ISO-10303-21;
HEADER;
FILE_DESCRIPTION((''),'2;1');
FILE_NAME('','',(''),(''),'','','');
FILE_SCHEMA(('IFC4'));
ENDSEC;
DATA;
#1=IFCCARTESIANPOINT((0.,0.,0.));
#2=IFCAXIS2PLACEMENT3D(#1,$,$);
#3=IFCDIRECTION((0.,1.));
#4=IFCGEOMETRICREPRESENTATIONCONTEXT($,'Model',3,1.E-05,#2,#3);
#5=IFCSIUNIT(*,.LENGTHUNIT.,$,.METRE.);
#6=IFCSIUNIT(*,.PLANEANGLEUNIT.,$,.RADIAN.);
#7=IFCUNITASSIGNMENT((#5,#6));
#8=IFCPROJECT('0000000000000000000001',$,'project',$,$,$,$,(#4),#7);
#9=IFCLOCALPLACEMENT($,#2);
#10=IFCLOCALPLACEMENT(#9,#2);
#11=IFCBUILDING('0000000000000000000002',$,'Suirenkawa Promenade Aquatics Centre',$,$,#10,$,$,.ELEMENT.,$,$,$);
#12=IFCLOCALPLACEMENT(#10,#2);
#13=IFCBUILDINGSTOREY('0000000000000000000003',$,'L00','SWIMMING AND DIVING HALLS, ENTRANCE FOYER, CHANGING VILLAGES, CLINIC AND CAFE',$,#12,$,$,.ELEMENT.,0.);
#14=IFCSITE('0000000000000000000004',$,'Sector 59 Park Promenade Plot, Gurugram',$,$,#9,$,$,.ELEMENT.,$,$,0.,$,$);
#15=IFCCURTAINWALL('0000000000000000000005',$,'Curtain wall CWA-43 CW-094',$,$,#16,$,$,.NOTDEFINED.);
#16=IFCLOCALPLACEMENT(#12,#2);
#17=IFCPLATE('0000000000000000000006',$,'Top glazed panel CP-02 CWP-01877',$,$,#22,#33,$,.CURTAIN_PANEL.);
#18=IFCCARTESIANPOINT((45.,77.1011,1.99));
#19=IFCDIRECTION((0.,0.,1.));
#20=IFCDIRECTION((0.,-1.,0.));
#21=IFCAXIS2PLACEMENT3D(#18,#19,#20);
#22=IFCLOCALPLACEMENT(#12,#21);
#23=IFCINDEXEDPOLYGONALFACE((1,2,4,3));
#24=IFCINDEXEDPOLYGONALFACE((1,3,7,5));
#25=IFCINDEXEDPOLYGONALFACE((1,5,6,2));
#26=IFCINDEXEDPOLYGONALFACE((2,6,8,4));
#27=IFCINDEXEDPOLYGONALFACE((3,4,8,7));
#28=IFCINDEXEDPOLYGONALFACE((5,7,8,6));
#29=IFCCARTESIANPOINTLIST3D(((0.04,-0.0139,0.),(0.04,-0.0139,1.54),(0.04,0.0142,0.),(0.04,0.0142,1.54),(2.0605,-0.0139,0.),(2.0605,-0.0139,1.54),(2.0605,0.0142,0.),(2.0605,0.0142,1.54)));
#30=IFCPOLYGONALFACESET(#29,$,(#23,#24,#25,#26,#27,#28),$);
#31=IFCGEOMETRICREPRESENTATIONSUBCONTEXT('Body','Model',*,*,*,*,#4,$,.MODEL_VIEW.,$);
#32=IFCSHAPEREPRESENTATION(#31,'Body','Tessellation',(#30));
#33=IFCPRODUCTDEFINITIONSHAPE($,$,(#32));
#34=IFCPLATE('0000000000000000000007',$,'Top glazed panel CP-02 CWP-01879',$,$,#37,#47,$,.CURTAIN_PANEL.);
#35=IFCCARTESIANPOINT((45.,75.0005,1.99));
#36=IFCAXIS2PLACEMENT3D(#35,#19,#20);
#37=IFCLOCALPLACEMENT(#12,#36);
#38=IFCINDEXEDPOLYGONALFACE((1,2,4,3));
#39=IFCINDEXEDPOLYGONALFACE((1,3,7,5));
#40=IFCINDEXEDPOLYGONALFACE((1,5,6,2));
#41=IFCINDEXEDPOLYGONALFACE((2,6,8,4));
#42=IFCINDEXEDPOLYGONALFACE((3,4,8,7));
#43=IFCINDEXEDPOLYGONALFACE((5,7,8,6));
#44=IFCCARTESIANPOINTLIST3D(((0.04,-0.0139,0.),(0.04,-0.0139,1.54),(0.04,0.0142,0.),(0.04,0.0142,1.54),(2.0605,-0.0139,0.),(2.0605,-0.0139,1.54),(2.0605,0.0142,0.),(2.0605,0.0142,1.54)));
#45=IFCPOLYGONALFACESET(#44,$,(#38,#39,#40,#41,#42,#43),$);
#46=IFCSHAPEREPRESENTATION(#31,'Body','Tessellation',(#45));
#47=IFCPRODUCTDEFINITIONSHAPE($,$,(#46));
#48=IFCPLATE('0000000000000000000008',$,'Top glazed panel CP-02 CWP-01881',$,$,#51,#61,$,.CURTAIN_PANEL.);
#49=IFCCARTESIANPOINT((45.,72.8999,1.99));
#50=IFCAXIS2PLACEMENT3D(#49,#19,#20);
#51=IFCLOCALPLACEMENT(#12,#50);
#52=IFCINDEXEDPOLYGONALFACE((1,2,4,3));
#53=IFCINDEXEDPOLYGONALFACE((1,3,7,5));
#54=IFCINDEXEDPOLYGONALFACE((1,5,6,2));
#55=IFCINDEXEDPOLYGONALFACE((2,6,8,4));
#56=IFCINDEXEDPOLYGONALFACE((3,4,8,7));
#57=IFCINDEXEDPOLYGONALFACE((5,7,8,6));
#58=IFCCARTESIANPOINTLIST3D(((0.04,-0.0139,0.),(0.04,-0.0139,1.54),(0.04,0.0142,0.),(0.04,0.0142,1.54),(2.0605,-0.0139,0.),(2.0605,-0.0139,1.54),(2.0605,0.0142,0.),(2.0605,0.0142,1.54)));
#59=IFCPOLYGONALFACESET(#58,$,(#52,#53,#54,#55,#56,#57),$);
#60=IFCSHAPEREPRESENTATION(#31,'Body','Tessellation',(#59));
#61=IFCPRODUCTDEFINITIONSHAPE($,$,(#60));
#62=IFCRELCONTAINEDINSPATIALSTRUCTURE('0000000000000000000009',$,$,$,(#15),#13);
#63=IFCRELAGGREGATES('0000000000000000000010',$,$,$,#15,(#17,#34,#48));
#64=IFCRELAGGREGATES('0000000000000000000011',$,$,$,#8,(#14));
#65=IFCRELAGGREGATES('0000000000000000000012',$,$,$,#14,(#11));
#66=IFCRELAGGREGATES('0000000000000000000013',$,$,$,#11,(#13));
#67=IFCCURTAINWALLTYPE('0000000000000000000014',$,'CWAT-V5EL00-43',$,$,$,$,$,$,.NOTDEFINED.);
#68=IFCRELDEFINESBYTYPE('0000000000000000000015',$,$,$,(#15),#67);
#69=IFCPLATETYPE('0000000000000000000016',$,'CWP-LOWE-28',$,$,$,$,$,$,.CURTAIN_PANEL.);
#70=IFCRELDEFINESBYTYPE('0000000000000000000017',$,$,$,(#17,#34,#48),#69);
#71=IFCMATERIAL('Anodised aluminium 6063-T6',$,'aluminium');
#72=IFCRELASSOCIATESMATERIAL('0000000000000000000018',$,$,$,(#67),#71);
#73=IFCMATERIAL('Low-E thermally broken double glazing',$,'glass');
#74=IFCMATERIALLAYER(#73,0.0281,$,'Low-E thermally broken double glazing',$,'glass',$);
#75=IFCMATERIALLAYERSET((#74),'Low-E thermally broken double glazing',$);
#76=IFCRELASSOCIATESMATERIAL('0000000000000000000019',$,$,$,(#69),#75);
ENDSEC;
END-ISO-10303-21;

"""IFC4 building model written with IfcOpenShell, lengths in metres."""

from ifc_helpers import new_model, si_unit, direction, frame, origin, place, context, subcontext, project, spatial, polyline, outline, extrude, material, layer, layer_set, type_object, element, aggregate, save


model = new_model("IFC4")

# Units and contexts
model_context = context("Model", 3, precision=1e-05, world=origin(), true_north=direction((0.0, 1.0)))
body_context = subcontext(model_context, "Body", "Model", "MODEL_VIEW")
ifc_project = project(units=[si_unit("LENGTHUNIT", "METRE"), si_unit("PLANEANGLEUNIT", "RADIAN")], contexts=[model_context])

# Site, building, storey
site_placement = place(None, origin())
site = spatial("IfcSite", under=ifc_project, at=site_placement, Name="Sector 59 Park Promenade Plot, Gurugram", CompositionType="ELEMENT", RefElevation=0.0)
building_placement = place(site_placement, origin())
building = spatial("IfcBuilding", under=site, at=building_placement, Name="Suirenkawa Promenade Aquatics Centre", CompositionType="ELEMENT")
storey_placement = place(building_placement, origin())
storey = spatial("IfcBuildingStorey", under=building, at=storey_placement, Name="L00", Description="SWIMMING AND DIVING HALLS, ENTRANCE FOYER, CHANGING VILLAGES, CLINIC AND CAFE", CompositionType="ELEMENT", Elevation=0.0)

# Curtain wall, plates
ifc_material_1 = material(Name="Anodised aluminium 6063-T6", Category="aluminium")
curtain_wall_type = type_object("IfcCurtainWallType", Name="CWAT-V5EL00-43", PredefinedType="NOTDEFINED", material=ifc_material_1)
curtain_wall_placement = place(storey_placement, origin())
curtain_wall = element("IfcCurtainWall", 1, at=curtain_wall_placement, inside=storey, type_object=curtain_wall_type, Name="Curtain wall CWA-43 CW-094", PredefinedType="NOTDEFINED")
ifc_material_2 = material(Name="Low-E thermally broken double glazing", Category="glass")
ifc_layer_1 = layer(ifc_material_2, 0.0281, Name="Low-E thermally broken double glazing", Category="glass")
ifc_layer_set_1 = layer_set([ifc_layer_1], Name="Low-E thermally broken double glazing")
plate_type = type_object("IfcPlateType", Name="CWP-LOWE-28", PredefinedType="CURTAIN_PANEL", material=ifc_layer_set_1)
plate_1_placement = place(storey_placement, frame((45.0, 77.1011, 1.99), z_axis=(0.0, 0.0, 1.0), x_axis=(0.0, -1.0, 0.0)))
plate_1 = element("IfcPlate", 2, at=plate_1_placement, type_object=plate_type, Name="Top glazed panel CP-02 CWP-01877", PredefinedType="CURTAIN_PANEL", context=body_context, shape_type="SweptSolid", body=[
    extrude(outline(polyline([(0.04, 0.0), (2.0605, 0.0), (2.0605, 1.54), (0.04, 1.54), (0.04, 0.0)])), frame((0.0, 0.0142, 0.0), z_axis=(0.0, -1.0, 0.0), x_axis=(1.0, 0.0, 0.0)), (0.0, 0.0, 1.0), 0.0281),
])
plate_2_placement = place(storey_placement, frame((45.0, 75.0005, 1.99), z_axis=(0.0, 0.0, 1.0), x_axis=(0.0, -1.0, 0.0)))
plate_2 = element("IfcPlate", 3, at=plate_2_placement, type_object=plate_type, Name="Top glazed panel CP-02 CWP-01879", PredefinedType="CURTAIN_PANEL", context=body_context, shape_type="SweptSolid", body=[
    extrude(outline(polyline([(0.04, 0.0), (2.0605, 0.0), (2.0605, 1.54), (0.04, 1.54), (0.04, 0.0)])), frame((0.0, 0.0142, 0.0), z_axis=(0.0, -1.0, 0.0), x_axis=(1.0, 0.0, 0.0)), (0.0, 0.0, 1.0), 0.0281),
])
plate_3_placement = place(storey_placement, frame((45.0, 72.8999, 1.99), z_axis=(0.0, 0.0, 1.0), x_axis=(0.0, -1.0, 0.0)))
plate_3 = element("IfcPlate", 4, at=plate_3_placement, type_object=plate_type, Name="Top glazed panel CP-02 CWP-01881", PredefinedType="CURTAIN_PANEL", context=body_context, shape_type="SweptSolid", body=[
    extrude(outline(polyline([(0.04, 0.0), (2.0605, 0.0), (2.0605, 1.54), (0.04, 1.54), (0.04, 0.0)])), frame((0.0, 0.0142, 0.0), z_axis=(0.0, -1.0, 0.0), x_axis=(1.0, 0.0, 0.0)), (0.0, 0.0, 1.0), 0.0281),
])
aggregate(curtain_wall, [plate_1, plate_2, plate_3])

save(model, "model.ifc")
